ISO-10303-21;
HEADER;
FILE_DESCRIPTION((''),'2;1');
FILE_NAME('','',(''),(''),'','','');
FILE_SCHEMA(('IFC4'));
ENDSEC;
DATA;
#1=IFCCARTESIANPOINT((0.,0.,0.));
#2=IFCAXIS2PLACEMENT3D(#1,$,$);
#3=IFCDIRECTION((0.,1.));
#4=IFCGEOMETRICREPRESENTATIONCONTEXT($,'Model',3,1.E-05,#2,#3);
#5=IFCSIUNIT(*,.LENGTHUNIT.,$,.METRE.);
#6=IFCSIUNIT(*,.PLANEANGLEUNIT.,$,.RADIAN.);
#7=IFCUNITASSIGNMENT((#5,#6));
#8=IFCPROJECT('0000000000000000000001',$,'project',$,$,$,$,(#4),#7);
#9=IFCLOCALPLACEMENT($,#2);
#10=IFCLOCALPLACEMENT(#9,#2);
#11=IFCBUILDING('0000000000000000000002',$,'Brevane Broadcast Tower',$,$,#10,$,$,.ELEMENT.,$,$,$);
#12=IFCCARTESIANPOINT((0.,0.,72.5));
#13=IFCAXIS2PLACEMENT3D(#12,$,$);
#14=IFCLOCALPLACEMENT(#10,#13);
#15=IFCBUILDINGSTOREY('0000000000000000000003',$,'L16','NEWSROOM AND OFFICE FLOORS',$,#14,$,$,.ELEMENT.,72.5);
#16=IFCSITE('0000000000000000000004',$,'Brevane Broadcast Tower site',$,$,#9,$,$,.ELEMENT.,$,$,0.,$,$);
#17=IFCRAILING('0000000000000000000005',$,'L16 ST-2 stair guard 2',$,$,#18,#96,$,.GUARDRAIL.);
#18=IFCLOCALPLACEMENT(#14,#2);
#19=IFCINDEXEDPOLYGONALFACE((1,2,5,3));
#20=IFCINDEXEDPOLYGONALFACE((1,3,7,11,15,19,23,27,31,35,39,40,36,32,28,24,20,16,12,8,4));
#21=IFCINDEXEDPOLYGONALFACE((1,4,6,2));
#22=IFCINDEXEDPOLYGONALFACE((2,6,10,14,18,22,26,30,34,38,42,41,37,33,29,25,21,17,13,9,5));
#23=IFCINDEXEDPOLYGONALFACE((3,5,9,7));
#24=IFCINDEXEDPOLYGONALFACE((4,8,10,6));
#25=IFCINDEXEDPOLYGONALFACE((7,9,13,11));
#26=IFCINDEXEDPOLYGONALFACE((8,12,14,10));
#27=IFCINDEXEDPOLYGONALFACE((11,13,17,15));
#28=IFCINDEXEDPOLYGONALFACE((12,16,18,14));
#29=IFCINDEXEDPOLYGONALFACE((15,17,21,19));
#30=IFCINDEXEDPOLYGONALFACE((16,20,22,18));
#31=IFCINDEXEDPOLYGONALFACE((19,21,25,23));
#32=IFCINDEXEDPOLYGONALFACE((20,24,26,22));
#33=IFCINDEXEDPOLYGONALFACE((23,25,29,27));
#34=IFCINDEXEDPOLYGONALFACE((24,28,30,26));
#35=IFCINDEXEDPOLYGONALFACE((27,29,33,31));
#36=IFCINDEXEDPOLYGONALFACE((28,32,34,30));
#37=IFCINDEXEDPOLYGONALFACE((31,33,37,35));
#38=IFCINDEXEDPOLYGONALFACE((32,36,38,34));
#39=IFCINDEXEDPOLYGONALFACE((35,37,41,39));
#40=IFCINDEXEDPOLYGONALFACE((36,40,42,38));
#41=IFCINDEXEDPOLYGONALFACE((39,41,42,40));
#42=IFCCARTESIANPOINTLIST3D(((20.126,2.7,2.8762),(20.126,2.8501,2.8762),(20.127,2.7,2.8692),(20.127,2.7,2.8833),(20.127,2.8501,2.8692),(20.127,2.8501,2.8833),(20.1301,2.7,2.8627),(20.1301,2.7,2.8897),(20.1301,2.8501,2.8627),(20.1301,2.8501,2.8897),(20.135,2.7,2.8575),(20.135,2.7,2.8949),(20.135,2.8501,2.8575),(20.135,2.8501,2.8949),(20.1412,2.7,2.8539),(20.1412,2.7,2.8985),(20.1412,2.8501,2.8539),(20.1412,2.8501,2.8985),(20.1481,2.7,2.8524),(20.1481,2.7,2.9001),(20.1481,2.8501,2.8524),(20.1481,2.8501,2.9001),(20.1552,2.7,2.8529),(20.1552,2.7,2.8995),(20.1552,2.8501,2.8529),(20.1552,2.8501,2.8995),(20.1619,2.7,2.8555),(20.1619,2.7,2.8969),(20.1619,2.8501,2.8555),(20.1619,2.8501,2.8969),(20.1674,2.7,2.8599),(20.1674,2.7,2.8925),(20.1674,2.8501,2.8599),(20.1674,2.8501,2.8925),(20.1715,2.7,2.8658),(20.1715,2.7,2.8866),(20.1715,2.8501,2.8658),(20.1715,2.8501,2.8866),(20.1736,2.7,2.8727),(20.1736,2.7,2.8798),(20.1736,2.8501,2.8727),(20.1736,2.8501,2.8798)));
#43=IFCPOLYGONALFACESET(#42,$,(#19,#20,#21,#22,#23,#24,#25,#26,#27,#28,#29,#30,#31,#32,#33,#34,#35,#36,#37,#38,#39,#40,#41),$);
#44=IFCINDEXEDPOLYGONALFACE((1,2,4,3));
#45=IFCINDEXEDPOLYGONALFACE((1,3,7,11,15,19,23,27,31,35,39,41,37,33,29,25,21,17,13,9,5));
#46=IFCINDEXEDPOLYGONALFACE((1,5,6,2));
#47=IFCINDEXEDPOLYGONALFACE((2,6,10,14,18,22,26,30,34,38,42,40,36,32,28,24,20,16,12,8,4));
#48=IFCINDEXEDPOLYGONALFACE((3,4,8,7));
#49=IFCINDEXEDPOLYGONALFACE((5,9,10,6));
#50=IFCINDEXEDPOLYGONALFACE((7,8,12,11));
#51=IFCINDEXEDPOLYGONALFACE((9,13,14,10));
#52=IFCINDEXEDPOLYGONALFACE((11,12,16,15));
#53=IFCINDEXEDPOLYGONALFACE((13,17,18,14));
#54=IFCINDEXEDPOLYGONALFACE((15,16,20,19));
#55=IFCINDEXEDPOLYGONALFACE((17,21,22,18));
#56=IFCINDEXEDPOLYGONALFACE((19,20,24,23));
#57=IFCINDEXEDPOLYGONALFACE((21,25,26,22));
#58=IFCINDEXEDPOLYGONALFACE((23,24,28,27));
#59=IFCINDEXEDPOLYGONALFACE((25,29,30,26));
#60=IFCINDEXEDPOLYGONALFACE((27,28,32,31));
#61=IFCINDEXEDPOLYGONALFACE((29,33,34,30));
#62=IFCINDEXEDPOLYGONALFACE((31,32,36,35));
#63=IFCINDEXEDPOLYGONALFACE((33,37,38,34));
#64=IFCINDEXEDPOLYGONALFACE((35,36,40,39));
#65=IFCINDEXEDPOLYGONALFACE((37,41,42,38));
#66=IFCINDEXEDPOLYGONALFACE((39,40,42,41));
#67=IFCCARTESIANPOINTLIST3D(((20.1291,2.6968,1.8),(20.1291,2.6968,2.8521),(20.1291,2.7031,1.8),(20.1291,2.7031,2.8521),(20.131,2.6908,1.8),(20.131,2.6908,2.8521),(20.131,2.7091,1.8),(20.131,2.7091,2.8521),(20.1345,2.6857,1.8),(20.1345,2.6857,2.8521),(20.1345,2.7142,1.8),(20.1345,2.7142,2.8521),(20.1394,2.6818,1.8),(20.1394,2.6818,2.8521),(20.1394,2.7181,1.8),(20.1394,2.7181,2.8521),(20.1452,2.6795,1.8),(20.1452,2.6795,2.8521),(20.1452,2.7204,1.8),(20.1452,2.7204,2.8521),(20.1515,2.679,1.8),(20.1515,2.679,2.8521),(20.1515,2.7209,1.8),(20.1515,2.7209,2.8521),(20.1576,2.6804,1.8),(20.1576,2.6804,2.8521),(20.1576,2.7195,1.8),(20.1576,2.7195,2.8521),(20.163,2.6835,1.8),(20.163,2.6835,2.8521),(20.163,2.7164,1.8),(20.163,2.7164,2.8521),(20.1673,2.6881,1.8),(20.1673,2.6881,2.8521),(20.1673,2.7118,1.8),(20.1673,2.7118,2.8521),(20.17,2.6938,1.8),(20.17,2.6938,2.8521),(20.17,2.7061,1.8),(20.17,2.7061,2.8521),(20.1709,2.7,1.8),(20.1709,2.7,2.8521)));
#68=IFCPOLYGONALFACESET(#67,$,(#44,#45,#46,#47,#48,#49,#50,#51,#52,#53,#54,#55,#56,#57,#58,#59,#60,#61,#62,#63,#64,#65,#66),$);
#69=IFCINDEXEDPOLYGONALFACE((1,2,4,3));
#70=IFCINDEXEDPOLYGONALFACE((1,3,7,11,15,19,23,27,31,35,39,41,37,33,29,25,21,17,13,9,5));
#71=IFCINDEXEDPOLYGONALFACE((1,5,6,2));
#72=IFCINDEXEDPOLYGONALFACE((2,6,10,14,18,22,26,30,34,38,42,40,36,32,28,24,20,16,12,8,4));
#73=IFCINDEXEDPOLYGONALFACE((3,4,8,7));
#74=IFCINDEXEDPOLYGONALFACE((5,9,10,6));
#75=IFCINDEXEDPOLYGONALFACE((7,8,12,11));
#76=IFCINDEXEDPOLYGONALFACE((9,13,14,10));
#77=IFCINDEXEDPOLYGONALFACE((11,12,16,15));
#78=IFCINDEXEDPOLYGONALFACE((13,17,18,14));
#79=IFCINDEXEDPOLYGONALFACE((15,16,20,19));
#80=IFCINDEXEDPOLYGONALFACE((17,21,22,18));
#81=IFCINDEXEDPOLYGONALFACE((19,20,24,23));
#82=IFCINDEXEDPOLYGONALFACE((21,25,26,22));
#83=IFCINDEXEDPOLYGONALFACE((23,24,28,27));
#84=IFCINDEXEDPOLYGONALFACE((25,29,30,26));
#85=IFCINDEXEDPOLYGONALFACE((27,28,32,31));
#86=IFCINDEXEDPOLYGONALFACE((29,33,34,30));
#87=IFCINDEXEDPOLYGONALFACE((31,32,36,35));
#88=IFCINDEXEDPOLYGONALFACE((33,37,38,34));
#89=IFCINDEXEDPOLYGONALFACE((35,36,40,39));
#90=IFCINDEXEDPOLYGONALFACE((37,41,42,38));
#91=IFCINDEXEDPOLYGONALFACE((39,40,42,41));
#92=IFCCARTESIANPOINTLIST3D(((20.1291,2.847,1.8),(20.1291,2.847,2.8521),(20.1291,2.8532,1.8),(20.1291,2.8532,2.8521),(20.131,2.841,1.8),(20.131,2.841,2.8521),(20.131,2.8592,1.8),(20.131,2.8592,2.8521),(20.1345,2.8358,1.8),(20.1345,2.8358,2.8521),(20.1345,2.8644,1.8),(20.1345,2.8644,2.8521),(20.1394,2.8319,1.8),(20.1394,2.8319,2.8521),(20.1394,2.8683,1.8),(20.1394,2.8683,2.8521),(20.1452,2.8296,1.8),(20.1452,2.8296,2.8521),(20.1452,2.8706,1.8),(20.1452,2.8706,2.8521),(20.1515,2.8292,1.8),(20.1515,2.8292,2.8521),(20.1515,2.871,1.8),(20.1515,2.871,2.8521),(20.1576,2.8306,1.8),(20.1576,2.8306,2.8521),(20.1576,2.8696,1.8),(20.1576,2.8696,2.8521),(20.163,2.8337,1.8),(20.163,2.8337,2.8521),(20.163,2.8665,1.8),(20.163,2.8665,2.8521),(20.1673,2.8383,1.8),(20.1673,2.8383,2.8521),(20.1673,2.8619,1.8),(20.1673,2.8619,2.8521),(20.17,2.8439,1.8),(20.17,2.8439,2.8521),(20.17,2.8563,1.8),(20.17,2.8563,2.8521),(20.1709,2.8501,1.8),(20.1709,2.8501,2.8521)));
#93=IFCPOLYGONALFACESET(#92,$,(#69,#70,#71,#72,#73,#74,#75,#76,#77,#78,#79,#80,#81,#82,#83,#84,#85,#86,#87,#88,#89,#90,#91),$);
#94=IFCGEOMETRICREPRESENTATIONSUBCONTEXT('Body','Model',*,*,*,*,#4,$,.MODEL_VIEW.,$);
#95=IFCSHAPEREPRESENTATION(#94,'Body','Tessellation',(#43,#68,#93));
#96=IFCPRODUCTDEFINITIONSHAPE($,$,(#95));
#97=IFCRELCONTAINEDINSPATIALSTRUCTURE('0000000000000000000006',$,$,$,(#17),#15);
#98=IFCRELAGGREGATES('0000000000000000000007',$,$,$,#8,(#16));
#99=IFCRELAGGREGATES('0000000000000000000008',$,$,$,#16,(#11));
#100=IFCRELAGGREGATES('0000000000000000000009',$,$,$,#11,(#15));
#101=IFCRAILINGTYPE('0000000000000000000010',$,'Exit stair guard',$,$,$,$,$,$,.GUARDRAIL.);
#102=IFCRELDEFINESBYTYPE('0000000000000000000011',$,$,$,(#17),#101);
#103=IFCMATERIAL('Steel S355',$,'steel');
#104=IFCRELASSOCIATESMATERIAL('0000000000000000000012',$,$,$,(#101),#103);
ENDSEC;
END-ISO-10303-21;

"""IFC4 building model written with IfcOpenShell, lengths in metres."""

from ifc_helpers import new_model, si_unit, direction, frame, origin, origin_2d, place, context, subcontext, project, spatial, circle, extrude, material, type_object, element, save


model = new_model("IFC4")

# Units and contexts
model_context = context("Model", 3, precision=1e-05, world=origin(), true_north=direction((0.0, 1.0)))
body_context = subcontext(model_context, "Body", "Model", "MODEL_VIEW")
ifc_project = project(units=[si_unit("LENGTHUNIT", "METRE"), si_unit("PLANEANGLEUNIT", "RADIAN")], contexts=[model_context])

# Site, building, storey
site_placement = place(None, origin())
site = spatial("IfcSite", under=ifc_project, at=site_placement, Name="Brevane Broadcast Tower site", CompositionType="ELEMENT", RefElevation=0.0)
building_placement = place(site_placement, origin())
building = spatial("IfcBuilding", under=site, at=building_placement, Name="Brevane Broadcast Tower", CompositionType="ELEMENT")
storey_placement = place(building_placement, frame((0.0, 0.0, 72.5)))
storey = spatial("IfcBuildingStorey", under=building, at=storey_placement, Name="L16", Description="NEWSROOM AND OFFICE FLOORS", CompositionType="ELEMENT", Elevation=72.5)

# Railing
ifc_material_1 = material(Name="Steel S355", Category="steel")
railing_type_1 = type_object("IfcRailingType", Name="Exit stair guard", PredefinedType="GUARDRAIL", material=ifc_material_1)
railing_1_placement = place(storey_placement, frame((20.1499, 2.7, 1.8)))
element("IfcRailing", 1, at=railing_1_placement, inside=storey, type_object=railing_type_1, Name="L16 ST-2 stair guard 2", PredefinedType="GUARDRAIL", context=body_context, shape_type="SweptSolid", body=[
    extrude(circle(Radius=0.0239, at=origin_2d()), frame((0.0, 0.0, 1.0762), z_axis=(0.0, 1.0, 0.0), x_axis=(-1.0, 0.0, 0.0)), (0.0, 0.0, 1.0), 0.1501),
    extrude(circle(Radius=0.021, at=origin_2d()), origin(), (0.0, 0.0, 1.0), 1.052),
    extrude(circle(Radius=0.021, at=origin_2d()), frame((0.0, 0.1501, 0.0)), (0.0, 0.0, 1.0), 1.052),
])

save(model, "model.ifc")
